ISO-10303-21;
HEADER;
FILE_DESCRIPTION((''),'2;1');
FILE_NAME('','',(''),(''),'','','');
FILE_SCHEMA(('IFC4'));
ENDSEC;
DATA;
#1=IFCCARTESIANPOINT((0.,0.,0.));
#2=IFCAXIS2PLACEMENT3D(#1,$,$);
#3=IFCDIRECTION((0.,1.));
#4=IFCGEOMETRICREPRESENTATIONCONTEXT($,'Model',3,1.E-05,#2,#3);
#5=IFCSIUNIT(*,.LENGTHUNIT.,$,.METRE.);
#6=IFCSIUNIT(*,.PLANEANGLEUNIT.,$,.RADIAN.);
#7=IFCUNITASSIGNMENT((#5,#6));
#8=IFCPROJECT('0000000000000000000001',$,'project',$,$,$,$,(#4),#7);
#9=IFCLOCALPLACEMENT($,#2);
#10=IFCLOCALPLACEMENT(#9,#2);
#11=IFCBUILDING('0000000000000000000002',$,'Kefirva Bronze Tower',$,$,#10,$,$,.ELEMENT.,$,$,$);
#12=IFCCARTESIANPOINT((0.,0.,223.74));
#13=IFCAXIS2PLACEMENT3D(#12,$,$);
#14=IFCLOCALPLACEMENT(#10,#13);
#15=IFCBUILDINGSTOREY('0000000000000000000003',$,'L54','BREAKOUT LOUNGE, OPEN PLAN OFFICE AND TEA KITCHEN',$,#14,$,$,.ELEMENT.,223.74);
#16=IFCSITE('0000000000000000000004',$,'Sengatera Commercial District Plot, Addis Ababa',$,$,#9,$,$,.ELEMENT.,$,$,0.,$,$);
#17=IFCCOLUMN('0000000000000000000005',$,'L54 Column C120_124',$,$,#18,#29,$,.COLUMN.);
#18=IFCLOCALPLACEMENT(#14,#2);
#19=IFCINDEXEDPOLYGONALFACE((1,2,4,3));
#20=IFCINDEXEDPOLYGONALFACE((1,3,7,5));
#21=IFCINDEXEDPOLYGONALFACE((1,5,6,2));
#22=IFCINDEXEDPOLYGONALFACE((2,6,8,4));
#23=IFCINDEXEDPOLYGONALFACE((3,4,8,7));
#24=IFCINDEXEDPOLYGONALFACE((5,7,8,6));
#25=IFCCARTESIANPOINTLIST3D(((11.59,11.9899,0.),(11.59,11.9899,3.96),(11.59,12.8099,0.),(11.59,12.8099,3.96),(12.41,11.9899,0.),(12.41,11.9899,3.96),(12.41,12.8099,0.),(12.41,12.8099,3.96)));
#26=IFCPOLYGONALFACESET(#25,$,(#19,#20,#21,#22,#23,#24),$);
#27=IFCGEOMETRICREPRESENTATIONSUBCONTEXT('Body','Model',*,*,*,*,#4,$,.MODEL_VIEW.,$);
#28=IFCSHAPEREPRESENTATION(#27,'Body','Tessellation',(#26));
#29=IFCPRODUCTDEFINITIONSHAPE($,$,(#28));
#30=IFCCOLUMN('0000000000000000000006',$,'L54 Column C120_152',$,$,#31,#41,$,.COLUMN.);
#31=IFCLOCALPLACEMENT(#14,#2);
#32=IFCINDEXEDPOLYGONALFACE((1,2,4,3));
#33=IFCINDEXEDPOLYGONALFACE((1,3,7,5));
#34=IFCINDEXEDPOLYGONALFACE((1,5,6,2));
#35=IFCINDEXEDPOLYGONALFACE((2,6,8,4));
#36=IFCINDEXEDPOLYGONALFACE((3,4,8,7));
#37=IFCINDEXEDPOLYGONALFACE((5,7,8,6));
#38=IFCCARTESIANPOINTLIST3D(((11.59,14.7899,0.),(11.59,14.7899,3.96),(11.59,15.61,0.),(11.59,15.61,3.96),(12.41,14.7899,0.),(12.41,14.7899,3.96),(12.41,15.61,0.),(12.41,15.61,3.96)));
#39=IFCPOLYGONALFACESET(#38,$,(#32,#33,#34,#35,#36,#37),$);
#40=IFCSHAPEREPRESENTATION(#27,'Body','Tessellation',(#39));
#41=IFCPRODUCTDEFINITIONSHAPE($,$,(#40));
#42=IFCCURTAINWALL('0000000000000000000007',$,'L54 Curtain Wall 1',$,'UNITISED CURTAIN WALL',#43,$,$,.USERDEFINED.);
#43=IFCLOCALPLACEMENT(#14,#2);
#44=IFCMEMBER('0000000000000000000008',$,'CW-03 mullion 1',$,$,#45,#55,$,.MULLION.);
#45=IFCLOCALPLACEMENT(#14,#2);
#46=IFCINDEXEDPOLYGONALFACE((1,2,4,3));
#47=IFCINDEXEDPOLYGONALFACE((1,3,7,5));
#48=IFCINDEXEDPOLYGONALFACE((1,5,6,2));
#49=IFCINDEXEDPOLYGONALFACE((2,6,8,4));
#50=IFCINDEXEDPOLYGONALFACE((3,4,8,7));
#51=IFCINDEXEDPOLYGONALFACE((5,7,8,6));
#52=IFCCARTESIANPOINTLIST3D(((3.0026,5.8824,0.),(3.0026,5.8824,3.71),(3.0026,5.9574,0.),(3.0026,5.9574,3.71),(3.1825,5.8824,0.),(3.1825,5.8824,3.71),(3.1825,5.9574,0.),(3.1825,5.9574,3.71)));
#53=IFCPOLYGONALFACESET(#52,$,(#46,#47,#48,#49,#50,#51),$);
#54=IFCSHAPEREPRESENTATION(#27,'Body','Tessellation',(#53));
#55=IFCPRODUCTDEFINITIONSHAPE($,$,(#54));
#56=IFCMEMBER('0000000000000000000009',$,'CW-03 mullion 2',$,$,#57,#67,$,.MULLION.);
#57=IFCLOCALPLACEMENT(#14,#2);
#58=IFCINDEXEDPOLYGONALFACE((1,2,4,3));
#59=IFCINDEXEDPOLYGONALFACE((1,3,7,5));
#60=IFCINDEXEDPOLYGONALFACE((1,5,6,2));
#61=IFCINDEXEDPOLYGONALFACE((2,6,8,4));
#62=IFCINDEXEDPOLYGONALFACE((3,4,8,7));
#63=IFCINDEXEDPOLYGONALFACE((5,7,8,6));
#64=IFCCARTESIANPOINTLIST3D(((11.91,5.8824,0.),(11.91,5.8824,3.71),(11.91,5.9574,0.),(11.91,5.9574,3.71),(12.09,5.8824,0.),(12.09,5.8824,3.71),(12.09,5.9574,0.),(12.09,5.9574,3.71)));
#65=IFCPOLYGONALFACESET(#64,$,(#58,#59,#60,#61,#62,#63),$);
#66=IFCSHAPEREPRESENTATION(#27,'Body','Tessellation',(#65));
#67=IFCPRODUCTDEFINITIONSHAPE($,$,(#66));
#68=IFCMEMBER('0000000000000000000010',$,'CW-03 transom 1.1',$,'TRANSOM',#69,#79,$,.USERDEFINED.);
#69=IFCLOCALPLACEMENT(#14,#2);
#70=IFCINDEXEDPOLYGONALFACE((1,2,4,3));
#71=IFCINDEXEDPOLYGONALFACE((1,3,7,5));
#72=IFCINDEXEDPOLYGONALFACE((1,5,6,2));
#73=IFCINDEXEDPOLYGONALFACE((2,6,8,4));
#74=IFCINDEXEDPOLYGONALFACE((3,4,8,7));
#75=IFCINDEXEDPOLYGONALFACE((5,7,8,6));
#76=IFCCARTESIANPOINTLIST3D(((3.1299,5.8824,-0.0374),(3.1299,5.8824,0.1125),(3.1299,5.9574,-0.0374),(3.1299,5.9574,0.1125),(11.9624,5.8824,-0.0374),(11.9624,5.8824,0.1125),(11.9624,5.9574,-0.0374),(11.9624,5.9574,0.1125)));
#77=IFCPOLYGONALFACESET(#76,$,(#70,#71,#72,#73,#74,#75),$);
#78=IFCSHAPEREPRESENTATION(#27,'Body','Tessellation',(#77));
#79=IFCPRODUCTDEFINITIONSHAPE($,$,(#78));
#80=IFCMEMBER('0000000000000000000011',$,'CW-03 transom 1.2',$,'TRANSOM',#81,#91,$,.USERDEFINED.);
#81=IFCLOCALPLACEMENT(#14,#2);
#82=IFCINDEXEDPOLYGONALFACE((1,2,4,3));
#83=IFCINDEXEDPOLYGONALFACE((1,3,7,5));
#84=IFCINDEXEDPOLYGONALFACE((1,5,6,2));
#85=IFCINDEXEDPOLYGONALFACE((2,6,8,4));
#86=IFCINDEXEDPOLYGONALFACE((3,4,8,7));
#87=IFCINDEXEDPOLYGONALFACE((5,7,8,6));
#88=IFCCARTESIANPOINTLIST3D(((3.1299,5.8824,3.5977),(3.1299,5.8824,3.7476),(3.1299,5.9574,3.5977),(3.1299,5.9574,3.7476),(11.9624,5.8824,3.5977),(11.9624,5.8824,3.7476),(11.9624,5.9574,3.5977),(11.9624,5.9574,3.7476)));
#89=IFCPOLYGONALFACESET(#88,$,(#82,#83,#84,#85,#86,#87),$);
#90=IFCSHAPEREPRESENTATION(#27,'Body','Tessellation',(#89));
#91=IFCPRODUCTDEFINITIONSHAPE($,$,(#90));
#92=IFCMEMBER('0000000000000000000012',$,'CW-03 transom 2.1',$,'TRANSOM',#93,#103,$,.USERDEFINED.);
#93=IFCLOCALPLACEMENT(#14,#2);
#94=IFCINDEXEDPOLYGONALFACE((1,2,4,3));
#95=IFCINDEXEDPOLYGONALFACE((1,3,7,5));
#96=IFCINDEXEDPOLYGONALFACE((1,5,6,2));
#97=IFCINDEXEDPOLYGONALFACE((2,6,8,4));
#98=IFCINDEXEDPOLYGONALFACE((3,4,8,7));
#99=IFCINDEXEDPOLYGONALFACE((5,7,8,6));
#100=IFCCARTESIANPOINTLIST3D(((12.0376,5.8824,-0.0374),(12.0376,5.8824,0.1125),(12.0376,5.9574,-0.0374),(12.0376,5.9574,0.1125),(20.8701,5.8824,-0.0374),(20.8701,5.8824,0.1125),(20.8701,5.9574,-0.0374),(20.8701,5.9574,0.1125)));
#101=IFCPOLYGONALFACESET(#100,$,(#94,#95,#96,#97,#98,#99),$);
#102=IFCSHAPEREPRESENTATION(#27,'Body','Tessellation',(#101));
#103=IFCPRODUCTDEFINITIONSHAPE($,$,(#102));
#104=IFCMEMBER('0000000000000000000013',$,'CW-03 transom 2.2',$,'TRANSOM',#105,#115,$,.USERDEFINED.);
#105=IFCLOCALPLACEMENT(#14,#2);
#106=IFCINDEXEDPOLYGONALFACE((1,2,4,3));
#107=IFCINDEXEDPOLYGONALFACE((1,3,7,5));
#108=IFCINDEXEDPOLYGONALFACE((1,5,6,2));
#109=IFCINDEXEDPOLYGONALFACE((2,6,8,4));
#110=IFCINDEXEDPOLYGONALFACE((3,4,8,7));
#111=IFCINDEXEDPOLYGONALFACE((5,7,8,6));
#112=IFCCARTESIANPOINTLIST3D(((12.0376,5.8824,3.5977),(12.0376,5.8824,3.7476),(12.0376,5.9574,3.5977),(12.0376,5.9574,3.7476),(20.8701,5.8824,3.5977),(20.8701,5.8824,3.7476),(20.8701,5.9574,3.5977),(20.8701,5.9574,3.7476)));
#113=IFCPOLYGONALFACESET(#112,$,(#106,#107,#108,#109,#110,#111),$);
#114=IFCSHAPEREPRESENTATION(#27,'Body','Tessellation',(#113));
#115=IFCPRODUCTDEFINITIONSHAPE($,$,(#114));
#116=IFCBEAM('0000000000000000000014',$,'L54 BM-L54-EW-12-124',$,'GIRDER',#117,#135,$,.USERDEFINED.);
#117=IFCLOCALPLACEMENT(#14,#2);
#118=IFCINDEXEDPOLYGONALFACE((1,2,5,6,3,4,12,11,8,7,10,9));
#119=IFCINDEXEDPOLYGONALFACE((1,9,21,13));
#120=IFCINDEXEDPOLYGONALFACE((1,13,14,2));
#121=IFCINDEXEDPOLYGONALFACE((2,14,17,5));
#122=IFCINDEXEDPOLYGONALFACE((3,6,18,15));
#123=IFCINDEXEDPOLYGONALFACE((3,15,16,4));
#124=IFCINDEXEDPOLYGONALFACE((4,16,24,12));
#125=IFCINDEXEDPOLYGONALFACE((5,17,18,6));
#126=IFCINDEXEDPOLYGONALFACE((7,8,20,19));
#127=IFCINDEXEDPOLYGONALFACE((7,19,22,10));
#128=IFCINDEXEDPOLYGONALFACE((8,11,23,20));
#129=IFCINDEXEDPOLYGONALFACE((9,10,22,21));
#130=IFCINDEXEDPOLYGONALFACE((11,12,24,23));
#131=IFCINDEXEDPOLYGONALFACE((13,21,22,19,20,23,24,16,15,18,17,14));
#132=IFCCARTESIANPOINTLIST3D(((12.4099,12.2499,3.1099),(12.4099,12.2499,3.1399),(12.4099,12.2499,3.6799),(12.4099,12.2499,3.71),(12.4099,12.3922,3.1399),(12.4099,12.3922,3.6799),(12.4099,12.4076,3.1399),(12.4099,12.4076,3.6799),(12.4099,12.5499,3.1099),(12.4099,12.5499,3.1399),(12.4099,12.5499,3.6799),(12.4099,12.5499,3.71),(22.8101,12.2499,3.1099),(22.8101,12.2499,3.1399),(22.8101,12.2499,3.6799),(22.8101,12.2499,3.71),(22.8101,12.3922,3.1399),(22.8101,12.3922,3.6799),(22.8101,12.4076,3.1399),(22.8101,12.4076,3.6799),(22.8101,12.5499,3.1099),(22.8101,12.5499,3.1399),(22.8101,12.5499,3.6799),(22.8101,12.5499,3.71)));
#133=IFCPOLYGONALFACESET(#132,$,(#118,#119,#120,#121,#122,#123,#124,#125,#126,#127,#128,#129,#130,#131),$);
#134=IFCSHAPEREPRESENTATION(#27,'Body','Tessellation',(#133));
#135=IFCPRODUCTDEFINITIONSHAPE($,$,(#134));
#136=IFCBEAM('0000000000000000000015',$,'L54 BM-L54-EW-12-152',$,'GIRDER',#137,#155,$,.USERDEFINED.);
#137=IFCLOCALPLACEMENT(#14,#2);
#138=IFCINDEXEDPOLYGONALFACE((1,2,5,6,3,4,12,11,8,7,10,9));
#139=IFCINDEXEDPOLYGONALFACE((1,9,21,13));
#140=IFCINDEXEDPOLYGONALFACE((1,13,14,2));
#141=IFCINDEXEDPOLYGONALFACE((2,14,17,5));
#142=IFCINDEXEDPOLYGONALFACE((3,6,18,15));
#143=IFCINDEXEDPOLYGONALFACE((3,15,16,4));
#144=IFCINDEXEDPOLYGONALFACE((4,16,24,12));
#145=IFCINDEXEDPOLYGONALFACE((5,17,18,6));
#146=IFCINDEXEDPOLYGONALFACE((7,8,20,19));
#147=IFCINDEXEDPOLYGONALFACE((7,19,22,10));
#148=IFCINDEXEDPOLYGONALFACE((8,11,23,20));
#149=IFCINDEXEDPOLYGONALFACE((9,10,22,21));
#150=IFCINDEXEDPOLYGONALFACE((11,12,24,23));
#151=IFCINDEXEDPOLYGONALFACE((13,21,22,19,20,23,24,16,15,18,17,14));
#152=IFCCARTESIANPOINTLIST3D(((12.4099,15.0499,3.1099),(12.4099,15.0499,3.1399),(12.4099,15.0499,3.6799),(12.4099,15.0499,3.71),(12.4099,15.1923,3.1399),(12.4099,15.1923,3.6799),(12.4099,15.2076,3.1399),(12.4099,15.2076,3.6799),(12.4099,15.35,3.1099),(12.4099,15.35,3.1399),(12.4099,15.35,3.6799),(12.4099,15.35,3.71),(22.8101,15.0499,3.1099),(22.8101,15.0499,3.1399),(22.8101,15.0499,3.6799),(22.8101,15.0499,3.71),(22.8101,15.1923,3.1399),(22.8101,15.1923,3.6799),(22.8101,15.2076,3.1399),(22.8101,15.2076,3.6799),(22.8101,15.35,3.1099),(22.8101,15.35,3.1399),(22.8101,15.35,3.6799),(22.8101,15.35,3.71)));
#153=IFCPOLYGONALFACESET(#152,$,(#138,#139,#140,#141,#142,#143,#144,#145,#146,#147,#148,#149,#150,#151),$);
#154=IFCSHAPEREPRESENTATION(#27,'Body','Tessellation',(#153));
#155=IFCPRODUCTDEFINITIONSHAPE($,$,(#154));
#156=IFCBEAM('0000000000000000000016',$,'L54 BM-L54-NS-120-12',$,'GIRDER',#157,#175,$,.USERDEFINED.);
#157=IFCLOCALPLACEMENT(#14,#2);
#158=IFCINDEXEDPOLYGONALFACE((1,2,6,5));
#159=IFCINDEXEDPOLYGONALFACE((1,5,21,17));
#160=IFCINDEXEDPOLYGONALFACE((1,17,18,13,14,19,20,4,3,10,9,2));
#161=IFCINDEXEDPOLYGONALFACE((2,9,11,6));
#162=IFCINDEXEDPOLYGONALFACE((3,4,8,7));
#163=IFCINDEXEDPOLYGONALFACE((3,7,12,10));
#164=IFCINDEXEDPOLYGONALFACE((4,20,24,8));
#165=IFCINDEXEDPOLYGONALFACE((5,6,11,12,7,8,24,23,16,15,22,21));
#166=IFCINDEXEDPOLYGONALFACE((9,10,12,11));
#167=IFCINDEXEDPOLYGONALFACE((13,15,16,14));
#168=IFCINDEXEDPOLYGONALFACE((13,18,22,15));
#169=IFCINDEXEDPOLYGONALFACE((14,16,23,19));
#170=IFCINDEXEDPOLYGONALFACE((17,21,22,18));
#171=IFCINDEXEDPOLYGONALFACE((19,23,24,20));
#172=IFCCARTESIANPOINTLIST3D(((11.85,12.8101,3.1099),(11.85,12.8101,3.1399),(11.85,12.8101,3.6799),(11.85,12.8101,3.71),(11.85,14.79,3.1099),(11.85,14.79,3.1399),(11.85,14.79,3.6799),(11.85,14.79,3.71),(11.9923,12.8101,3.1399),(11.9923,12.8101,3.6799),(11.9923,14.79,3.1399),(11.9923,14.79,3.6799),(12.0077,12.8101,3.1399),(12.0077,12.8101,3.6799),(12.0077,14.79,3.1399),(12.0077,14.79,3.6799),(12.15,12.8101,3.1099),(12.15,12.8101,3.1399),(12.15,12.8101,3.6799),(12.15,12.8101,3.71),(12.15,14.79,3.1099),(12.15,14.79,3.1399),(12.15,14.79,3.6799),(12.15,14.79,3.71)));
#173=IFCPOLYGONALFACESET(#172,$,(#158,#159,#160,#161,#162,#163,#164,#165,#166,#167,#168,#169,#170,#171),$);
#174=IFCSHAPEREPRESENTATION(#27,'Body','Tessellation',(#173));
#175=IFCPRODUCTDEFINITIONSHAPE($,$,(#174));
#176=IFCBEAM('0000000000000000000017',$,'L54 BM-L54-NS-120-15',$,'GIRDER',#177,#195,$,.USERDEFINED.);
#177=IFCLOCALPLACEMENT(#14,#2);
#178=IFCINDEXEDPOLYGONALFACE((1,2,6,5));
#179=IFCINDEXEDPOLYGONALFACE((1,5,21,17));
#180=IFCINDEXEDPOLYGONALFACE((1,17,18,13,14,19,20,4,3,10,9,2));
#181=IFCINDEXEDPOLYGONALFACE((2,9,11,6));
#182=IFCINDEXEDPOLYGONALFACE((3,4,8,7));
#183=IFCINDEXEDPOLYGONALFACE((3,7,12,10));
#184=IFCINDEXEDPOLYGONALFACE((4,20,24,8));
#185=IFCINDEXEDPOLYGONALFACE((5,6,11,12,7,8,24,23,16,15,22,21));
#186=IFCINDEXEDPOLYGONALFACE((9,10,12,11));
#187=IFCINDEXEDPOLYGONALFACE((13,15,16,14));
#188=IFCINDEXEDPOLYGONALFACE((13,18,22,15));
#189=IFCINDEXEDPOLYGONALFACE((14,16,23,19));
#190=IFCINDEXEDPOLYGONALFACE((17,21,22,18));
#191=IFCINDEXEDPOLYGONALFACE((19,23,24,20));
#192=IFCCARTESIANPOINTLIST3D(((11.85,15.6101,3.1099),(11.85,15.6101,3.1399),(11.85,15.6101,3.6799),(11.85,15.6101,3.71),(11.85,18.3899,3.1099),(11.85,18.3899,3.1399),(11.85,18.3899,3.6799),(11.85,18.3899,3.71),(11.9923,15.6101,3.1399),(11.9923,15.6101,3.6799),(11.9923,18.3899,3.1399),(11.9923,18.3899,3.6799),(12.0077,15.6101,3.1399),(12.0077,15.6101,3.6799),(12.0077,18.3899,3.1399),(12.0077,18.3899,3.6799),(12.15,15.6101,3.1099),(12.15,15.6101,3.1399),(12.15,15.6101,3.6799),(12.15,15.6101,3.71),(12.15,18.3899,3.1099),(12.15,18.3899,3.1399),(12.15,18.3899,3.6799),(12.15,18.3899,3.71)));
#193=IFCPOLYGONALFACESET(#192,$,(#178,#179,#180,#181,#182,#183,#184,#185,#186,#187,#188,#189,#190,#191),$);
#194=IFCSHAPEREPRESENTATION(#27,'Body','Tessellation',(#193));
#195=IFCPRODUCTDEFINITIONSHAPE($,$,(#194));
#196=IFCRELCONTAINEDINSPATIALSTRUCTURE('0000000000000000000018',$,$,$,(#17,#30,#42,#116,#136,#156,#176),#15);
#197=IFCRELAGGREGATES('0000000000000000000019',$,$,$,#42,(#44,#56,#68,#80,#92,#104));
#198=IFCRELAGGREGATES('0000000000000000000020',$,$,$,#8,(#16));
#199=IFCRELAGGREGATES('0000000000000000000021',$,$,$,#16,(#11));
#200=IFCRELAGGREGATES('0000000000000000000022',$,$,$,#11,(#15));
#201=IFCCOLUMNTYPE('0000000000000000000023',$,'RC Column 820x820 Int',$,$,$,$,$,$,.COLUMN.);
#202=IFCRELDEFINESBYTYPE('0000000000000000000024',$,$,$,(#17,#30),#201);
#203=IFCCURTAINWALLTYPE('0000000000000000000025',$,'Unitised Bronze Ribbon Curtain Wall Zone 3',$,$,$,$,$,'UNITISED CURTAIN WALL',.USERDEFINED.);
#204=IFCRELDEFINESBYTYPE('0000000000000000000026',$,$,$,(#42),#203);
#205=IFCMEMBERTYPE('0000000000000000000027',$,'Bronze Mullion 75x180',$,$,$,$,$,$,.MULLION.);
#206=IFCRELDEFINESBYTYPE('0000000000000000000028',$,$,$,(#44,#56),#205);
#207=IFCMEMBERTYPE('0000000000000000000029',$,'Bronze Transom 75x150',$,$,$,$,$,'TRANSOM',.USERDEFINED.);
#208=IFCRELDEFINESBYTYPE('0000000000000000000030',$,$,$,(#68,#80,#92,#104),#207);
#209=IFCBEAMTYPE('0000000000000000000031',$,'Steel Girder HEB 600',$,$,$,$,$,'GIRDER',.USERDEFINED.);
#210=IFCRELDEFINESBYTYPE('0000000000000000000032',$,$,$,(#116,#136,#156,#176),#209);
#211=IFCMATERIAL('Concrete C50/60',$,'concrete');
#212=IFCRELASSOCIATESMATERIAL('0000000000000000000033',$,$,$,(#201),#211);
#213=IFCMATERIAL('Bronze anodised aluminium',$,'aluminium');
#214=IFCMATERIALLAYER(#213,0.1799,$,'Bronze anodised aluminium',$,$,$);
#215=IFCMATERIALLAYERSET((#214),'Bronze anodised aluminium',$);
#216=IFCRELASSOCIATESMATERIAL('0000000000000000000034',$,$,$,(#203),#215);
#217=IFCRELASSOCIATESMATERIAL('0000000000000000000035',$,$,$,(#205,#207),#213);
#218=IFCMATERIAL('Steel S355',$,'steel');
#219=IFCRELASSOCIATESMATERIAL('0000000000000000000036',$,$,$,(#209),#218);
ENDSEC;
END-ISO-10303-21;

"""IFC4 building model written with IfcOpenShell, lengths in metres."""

from ifc_helpers import new_model, si_unit, direction, frame, origin, origin_2d, place, context, subcontext, project, spatial, rectangle, i_section, extrude, material, layer, layer_set, material_profile, profile_set, type_object, element, aggregate, save


model = new_model("IFC4")

# Units and contexts
model_context = context("Model", 3, precision=1e-05, world=origin(), true_north=direction((0.0, 1.0)))
body_context = subcontext(model_context, "Body", "Model", "MODEL_VIEW")
ifc_project = project(units=[si_unit("LENGTHUNIT", "METRE"), si_unit("PLANEANGLEUNIT", "RADIAN")], contexts=[model_context])

# Site, building, storey
site_placement = place(None, origin())
site = spatial("IfcSite", under=ifc_project, at=site_placement, Name="Sengatera Commercial District Plot, Addis Ababa", CompositionType="ELEMENT", RefElevation=0.0)
building_placement = place(site_placement, origin())
building = spatial("IfcBuilding", under=site, at=building_placement, Name="Kefirva Bronze Tower", CompositionType="ELEMENT")
storey_placement = place(building_placement, frame((0.0, 0.0, 223.74)))
storey = spatial("IfcBuildingStorey", under=building, at=storey_placement, Name="L54", Description="BREAKOUT LOUNGE, OPEN PLAN OFFICE AND TEA KITCHEN", CompositionType="ELEMENT", Elevation=223.74)

# Columns
ifc_material_1 = material(Name="Concrete C50/60", Category="concrete")
ifc_material_profile_1 = material_profile(ifc_material_1, rectangle(XDim=0.8201, YDim=0.8201, at=origin_2d()), Name="RC 820x820")
ifc_profile_set_1 = profile_set([ifc_material_profile_1], Name="Concrete C50/60")
column_type = type_object("IfcColumnType", Name="RC Column 820x820 Int", PredefinedType="COLUMN", material=ifc_profile_set_1)
for number, where, z_axis, x_axis, name in (
    (1, (12.0, 12.3999, 0.0), (0.0, 0.0, 1.0), (1.0, 0.0, 0.0), "L54 Column C120_124"),
    (2, (12.0, 15.2, 0.0), (0.0, 0.0, 1.0), (1.0, 0.0, 0.0), "L54 Column C120_152"),
):
    element("IfcColumn", number, at=place(storey_placement, frame(where, z_axis=z_axis, x_axis=x_axis)), inside=storey, type_object=column_type, Name=name, PredefinedType="COLUMN", context=body_context, shape_type="SweptSolid", body=[
        extrude(rectangle(XDim=0.8201, YDim=0.8201, at=origin_2d()), origin(), (0.0, 0.0, 1.0), 3.96),
    ])

# Curtain wall, members
ifc_material_2 = material(Name="Bronze anodised aluminium", Category="aluminium")
ifc_layer_1 = layer(ifc_material_2, 0.1799, Name="Bronze anodised aluminium")
ifc_layer_set_1 = layer_set([ifc_layer_1], Name="Bronze anodised aluminium")
curtain_wall_type = type_object("IfcCurtainWallType", Name="Unitised Bronze Ribbon Curtain Wall Zone 3", ElementType="UNITISED CURTAIN WALL", PredefinedType="USERDEFINED", material=ifc_layer_set_1)
curtain_wall_placement = place(storey_placement, origin())
curtain_wall = element("IfcCurtainWall", 3, at=curtain_wall_placement, inside=storey, type_object=curtain_wall_type, Name="L54 Curtain Wall 1", ObjectType="UNITISED CURTAIN WALL", PredefinedType="USERDEFINED")
ifc_material_profile_2 = material_profile(ifc_material_2, rectangle(XDim=0.075, YDim=0.1799, at=origin_2d()), Name="ALU 75x180")
ifc_profile_set_2 = profile_set([ifc_material_profile_2], Name="Bronze anodised aluminium")
member_type_1 = type_object("IfcMemberType", Name="Bronze Mullion 75x180", PredefinedType="MULLION", material=ifc_profile_set_2)
member_1_placement = place(storey_placement, frame((3.0925, 5.9199, 0.0), z_axis=(0.0, 0.0, 1.0), x_axis=(0.0, 1.0, 0.0)))
member_1 = element("IfcMember", 4, at=member_1_placement, type_object=member_type_1, Name="CW-03 mullion 1", PredefinedType="MULLION", context=body_context, shape_type="SweptSolid", body=[
    extrude(rectangle(XDim=0.075, YDim=0.1799, at=origin_2d()), origin(), (0.0, 0.0, 1.0), 3.71),
])
member_2_placement = place(storey_placement, frame((12.0, 5.9199, 0.0), z_axis=(0.0, 0.0, 1.0), x_axis=(0.0, 1.0, 0.0)))
member_2 = element("IfcMember", 5, at=member_2_placement, type_object=member_type_1, Name="CW-03 mullion 2", PredefinedType="MULLION", context=body_context, shape_type="SweptSolid", body=[
    extrude(rectangle(XDim=0.075, YDim=0.1799, at=origin_2d()), origin(), (0.0, 0.0, 1.0), 3.71),
])
ifc_material_profile_3 = material_profile(ifc_material_2, rectangle(XDim=0.075, YDim=0.1499, at=origin_2d()), Name="ALU 75x150")
ifc_profile_set_3 = profile_set([ifc_material_profile_3], Name="Bronze anodised aluminium")
member_type_2 = type_object("IfcMemberType", Name="Bronze Transom 75x150", ElementType="TRANSOM", PredefinedType="USERDEFINED", material=ifc_profile_set_3)
member_3_placement = place(storey_placement, frame((3.1299, 5.9199, 0.0376), z_axis=(1.0, 0.0, 0.0), x_axis=(0.0, 1.0, 0.0)))
member_3 = element("IfcMember", 6, at=member_3_placement, type_object=member_type_2, Name="CW-03 transom 1.1", ObjectType="TRANSOM", PredefinedType="USERDEFINED", context=body_context, shape_type="SweptSolid", body=[
    extrude(rectangle(XDim=0.075, YDim=0.1499, at=origin_2d()), origin(), (0.0, 0.0, 1.0), 8.8325),
])
member_4_placement = place(storey_placement, frame((3.1299, 5.9199, 3.6726), z_axis=(1.0, 0.0, 0.0), x_axis=(0.0, 1.0, 0.0)))
member_4 = element("IfcMember", 7, at=member_4_placement, type_object=member_type_2, Name="CW-03 transom 1.2", ObjectType="TRANSOM", PredefinedType="USERDEFINED", context=body_context, shape_type="SweptSolid", body=[
    extrude(rectangle(XDim=0.075, YDim=0.1499, at=origin_2d()), origin(), (0.0, 0.0, 1.0), 8.8325),
])
member_5_placement = place(storey_placement, frame((12.0376, 5.9199, 0.0376), z_axis=(1.0, 0.0, 0.0), x_axis=(0.0, 1.0, 0.0)))
member_5 = element("IfcMember", 8, at=member_5_placement, type_object=member_type_2, Name="CW-03 transom 2.1", ObjectType="TRANSOM", PredefinedType="USERDEFINED", context=body_context, shape_type="SweptSolid", body=[
    extrude(rectangle(XDim=0.075, YDim=0.1499, at=origin_2d()), origin(), (0.0, 0.0, 1.0), 8.8325),
])
member_6_placement = place(storey_placement, frame((12.0376, 5.9199, 3.6726), z_axis=(1.0, 0.0, 0.0), x_axis=(0.0, 1.0, 0.0)))
member_6 = element("IfcMember", 9, at=member_6_placement, type_object=member_type_2, Name="CW-03 transom 2.2", ObjectType="TRANSOM", PredefinedType="USERDEFINED", context=body_context, shape_type="SweptSolid", body=[
    extrude(rectangle(XDim=0.075, YDim=0.1499, at=origin_2d()), origin(), (0.0, 0.0, 1.0), 8.8325),
])

# Beams
ifc_material_3 = material(Name="Steel S355", Category="steel")
ifc_material_profile_4 = material_profile(ifc_material_3, i_section(OverallWidth=0.3, OverallDepth=0.6001, WebThickness=0.0154, FlangeThickness=0.03, at=origin_2d()), Name="HEB 600")
ifc_profile_set_4 = profile_set([ifc_material_profile_4], Name="Steel S355")
beam_type = type_object("IfcBeamType", Name="Steel Girder HEB 600", ElementType="GIRDER", PredefinedType="USERDEFINED", material=ifc_profile_set_4)
for number, where, z_axis, x_axis, name in (
    (10, (12.4099, 12.3999, 3.4099), (1.0, 0.0, 0.0), (0.0, 1.0, 0.0), "L54 BM-L54-EW-12-124"),
    (11, (12.4099, 15.2, 3.4099), (1.0, 0.0, 0.0), (0.0, 1.0, 0.0), "L54 BM-L54-EW-12-152"),
):
    element("IfcBeam", number, at=place(storey_placement, frame(where, z_axis=z_axis, x_axis=x_axis)), inside=storey, type_object=beam_type, Name=name, ObjectType="GIRDER", PredefinedType="USERDEFINED", context=body_context, shape_type="SweptSolid", body=[
        extrude(i_section(OverallWidth=0.3, OverallDepth=0.6001, WebThickness=0.0154, FlangeThickness=0.03, at=origin_2d()), origin(), (0.0, 0.0, 1.0), 10.4001),
    ])
beam_1_placement = place(storey_placement, frame((12.0, 12.8101, 3.4099), z_axis=(0.0, 1.0, 0.0), x_axis=(-1.0, 0.0, 0.0)))
element("IfcBeam", 12, at=beam_1_placement, inside=storey, type_object=beam_type, Name="L54 BM-L54-NS-120-12", ObjectType="GIRDER", PredefinedType="USERDEFINED", context=body_context, shape_type="SweptSolid", body=[
    extrude(i_section(OverallWidth=0.3, OverallDepth=0.6001, WebThickness=0.0154, FlangeThickness=0.03, at=origin_2d()), origin(), (0.0, 0.0, 1.0), 1.98),
])
beam_2_placement = place(storey_placement, frame((12.0, 15.6101, 3.4099), z_axis=(0.0, 1.0, 0.0), x_axis=(-1.0, 0.0, 0.0)))
element("IfcBeam", 13, at=beam_2_placement, inside=storey, type_object=beam_type, Name="L54 BM-L54-NS-120-15", ObjectType="GIRDER", PredefinedType="USERDEFINED", context=body_context, shape_type="SweptSolid", body=[
    extrude(i_section(OverallWidth=0.3, OverallDepth=0.6001, WebThickness=0.0154, FlangeThickness=0.03, at=origin_2d()), origin(), (0.0, 0.0, 1.0), 2.7798),
])

aggregate(curtain_wall, [member_1, member_2, member_3, member_4, member_5, member_6])

save(model, "model.ifc")
